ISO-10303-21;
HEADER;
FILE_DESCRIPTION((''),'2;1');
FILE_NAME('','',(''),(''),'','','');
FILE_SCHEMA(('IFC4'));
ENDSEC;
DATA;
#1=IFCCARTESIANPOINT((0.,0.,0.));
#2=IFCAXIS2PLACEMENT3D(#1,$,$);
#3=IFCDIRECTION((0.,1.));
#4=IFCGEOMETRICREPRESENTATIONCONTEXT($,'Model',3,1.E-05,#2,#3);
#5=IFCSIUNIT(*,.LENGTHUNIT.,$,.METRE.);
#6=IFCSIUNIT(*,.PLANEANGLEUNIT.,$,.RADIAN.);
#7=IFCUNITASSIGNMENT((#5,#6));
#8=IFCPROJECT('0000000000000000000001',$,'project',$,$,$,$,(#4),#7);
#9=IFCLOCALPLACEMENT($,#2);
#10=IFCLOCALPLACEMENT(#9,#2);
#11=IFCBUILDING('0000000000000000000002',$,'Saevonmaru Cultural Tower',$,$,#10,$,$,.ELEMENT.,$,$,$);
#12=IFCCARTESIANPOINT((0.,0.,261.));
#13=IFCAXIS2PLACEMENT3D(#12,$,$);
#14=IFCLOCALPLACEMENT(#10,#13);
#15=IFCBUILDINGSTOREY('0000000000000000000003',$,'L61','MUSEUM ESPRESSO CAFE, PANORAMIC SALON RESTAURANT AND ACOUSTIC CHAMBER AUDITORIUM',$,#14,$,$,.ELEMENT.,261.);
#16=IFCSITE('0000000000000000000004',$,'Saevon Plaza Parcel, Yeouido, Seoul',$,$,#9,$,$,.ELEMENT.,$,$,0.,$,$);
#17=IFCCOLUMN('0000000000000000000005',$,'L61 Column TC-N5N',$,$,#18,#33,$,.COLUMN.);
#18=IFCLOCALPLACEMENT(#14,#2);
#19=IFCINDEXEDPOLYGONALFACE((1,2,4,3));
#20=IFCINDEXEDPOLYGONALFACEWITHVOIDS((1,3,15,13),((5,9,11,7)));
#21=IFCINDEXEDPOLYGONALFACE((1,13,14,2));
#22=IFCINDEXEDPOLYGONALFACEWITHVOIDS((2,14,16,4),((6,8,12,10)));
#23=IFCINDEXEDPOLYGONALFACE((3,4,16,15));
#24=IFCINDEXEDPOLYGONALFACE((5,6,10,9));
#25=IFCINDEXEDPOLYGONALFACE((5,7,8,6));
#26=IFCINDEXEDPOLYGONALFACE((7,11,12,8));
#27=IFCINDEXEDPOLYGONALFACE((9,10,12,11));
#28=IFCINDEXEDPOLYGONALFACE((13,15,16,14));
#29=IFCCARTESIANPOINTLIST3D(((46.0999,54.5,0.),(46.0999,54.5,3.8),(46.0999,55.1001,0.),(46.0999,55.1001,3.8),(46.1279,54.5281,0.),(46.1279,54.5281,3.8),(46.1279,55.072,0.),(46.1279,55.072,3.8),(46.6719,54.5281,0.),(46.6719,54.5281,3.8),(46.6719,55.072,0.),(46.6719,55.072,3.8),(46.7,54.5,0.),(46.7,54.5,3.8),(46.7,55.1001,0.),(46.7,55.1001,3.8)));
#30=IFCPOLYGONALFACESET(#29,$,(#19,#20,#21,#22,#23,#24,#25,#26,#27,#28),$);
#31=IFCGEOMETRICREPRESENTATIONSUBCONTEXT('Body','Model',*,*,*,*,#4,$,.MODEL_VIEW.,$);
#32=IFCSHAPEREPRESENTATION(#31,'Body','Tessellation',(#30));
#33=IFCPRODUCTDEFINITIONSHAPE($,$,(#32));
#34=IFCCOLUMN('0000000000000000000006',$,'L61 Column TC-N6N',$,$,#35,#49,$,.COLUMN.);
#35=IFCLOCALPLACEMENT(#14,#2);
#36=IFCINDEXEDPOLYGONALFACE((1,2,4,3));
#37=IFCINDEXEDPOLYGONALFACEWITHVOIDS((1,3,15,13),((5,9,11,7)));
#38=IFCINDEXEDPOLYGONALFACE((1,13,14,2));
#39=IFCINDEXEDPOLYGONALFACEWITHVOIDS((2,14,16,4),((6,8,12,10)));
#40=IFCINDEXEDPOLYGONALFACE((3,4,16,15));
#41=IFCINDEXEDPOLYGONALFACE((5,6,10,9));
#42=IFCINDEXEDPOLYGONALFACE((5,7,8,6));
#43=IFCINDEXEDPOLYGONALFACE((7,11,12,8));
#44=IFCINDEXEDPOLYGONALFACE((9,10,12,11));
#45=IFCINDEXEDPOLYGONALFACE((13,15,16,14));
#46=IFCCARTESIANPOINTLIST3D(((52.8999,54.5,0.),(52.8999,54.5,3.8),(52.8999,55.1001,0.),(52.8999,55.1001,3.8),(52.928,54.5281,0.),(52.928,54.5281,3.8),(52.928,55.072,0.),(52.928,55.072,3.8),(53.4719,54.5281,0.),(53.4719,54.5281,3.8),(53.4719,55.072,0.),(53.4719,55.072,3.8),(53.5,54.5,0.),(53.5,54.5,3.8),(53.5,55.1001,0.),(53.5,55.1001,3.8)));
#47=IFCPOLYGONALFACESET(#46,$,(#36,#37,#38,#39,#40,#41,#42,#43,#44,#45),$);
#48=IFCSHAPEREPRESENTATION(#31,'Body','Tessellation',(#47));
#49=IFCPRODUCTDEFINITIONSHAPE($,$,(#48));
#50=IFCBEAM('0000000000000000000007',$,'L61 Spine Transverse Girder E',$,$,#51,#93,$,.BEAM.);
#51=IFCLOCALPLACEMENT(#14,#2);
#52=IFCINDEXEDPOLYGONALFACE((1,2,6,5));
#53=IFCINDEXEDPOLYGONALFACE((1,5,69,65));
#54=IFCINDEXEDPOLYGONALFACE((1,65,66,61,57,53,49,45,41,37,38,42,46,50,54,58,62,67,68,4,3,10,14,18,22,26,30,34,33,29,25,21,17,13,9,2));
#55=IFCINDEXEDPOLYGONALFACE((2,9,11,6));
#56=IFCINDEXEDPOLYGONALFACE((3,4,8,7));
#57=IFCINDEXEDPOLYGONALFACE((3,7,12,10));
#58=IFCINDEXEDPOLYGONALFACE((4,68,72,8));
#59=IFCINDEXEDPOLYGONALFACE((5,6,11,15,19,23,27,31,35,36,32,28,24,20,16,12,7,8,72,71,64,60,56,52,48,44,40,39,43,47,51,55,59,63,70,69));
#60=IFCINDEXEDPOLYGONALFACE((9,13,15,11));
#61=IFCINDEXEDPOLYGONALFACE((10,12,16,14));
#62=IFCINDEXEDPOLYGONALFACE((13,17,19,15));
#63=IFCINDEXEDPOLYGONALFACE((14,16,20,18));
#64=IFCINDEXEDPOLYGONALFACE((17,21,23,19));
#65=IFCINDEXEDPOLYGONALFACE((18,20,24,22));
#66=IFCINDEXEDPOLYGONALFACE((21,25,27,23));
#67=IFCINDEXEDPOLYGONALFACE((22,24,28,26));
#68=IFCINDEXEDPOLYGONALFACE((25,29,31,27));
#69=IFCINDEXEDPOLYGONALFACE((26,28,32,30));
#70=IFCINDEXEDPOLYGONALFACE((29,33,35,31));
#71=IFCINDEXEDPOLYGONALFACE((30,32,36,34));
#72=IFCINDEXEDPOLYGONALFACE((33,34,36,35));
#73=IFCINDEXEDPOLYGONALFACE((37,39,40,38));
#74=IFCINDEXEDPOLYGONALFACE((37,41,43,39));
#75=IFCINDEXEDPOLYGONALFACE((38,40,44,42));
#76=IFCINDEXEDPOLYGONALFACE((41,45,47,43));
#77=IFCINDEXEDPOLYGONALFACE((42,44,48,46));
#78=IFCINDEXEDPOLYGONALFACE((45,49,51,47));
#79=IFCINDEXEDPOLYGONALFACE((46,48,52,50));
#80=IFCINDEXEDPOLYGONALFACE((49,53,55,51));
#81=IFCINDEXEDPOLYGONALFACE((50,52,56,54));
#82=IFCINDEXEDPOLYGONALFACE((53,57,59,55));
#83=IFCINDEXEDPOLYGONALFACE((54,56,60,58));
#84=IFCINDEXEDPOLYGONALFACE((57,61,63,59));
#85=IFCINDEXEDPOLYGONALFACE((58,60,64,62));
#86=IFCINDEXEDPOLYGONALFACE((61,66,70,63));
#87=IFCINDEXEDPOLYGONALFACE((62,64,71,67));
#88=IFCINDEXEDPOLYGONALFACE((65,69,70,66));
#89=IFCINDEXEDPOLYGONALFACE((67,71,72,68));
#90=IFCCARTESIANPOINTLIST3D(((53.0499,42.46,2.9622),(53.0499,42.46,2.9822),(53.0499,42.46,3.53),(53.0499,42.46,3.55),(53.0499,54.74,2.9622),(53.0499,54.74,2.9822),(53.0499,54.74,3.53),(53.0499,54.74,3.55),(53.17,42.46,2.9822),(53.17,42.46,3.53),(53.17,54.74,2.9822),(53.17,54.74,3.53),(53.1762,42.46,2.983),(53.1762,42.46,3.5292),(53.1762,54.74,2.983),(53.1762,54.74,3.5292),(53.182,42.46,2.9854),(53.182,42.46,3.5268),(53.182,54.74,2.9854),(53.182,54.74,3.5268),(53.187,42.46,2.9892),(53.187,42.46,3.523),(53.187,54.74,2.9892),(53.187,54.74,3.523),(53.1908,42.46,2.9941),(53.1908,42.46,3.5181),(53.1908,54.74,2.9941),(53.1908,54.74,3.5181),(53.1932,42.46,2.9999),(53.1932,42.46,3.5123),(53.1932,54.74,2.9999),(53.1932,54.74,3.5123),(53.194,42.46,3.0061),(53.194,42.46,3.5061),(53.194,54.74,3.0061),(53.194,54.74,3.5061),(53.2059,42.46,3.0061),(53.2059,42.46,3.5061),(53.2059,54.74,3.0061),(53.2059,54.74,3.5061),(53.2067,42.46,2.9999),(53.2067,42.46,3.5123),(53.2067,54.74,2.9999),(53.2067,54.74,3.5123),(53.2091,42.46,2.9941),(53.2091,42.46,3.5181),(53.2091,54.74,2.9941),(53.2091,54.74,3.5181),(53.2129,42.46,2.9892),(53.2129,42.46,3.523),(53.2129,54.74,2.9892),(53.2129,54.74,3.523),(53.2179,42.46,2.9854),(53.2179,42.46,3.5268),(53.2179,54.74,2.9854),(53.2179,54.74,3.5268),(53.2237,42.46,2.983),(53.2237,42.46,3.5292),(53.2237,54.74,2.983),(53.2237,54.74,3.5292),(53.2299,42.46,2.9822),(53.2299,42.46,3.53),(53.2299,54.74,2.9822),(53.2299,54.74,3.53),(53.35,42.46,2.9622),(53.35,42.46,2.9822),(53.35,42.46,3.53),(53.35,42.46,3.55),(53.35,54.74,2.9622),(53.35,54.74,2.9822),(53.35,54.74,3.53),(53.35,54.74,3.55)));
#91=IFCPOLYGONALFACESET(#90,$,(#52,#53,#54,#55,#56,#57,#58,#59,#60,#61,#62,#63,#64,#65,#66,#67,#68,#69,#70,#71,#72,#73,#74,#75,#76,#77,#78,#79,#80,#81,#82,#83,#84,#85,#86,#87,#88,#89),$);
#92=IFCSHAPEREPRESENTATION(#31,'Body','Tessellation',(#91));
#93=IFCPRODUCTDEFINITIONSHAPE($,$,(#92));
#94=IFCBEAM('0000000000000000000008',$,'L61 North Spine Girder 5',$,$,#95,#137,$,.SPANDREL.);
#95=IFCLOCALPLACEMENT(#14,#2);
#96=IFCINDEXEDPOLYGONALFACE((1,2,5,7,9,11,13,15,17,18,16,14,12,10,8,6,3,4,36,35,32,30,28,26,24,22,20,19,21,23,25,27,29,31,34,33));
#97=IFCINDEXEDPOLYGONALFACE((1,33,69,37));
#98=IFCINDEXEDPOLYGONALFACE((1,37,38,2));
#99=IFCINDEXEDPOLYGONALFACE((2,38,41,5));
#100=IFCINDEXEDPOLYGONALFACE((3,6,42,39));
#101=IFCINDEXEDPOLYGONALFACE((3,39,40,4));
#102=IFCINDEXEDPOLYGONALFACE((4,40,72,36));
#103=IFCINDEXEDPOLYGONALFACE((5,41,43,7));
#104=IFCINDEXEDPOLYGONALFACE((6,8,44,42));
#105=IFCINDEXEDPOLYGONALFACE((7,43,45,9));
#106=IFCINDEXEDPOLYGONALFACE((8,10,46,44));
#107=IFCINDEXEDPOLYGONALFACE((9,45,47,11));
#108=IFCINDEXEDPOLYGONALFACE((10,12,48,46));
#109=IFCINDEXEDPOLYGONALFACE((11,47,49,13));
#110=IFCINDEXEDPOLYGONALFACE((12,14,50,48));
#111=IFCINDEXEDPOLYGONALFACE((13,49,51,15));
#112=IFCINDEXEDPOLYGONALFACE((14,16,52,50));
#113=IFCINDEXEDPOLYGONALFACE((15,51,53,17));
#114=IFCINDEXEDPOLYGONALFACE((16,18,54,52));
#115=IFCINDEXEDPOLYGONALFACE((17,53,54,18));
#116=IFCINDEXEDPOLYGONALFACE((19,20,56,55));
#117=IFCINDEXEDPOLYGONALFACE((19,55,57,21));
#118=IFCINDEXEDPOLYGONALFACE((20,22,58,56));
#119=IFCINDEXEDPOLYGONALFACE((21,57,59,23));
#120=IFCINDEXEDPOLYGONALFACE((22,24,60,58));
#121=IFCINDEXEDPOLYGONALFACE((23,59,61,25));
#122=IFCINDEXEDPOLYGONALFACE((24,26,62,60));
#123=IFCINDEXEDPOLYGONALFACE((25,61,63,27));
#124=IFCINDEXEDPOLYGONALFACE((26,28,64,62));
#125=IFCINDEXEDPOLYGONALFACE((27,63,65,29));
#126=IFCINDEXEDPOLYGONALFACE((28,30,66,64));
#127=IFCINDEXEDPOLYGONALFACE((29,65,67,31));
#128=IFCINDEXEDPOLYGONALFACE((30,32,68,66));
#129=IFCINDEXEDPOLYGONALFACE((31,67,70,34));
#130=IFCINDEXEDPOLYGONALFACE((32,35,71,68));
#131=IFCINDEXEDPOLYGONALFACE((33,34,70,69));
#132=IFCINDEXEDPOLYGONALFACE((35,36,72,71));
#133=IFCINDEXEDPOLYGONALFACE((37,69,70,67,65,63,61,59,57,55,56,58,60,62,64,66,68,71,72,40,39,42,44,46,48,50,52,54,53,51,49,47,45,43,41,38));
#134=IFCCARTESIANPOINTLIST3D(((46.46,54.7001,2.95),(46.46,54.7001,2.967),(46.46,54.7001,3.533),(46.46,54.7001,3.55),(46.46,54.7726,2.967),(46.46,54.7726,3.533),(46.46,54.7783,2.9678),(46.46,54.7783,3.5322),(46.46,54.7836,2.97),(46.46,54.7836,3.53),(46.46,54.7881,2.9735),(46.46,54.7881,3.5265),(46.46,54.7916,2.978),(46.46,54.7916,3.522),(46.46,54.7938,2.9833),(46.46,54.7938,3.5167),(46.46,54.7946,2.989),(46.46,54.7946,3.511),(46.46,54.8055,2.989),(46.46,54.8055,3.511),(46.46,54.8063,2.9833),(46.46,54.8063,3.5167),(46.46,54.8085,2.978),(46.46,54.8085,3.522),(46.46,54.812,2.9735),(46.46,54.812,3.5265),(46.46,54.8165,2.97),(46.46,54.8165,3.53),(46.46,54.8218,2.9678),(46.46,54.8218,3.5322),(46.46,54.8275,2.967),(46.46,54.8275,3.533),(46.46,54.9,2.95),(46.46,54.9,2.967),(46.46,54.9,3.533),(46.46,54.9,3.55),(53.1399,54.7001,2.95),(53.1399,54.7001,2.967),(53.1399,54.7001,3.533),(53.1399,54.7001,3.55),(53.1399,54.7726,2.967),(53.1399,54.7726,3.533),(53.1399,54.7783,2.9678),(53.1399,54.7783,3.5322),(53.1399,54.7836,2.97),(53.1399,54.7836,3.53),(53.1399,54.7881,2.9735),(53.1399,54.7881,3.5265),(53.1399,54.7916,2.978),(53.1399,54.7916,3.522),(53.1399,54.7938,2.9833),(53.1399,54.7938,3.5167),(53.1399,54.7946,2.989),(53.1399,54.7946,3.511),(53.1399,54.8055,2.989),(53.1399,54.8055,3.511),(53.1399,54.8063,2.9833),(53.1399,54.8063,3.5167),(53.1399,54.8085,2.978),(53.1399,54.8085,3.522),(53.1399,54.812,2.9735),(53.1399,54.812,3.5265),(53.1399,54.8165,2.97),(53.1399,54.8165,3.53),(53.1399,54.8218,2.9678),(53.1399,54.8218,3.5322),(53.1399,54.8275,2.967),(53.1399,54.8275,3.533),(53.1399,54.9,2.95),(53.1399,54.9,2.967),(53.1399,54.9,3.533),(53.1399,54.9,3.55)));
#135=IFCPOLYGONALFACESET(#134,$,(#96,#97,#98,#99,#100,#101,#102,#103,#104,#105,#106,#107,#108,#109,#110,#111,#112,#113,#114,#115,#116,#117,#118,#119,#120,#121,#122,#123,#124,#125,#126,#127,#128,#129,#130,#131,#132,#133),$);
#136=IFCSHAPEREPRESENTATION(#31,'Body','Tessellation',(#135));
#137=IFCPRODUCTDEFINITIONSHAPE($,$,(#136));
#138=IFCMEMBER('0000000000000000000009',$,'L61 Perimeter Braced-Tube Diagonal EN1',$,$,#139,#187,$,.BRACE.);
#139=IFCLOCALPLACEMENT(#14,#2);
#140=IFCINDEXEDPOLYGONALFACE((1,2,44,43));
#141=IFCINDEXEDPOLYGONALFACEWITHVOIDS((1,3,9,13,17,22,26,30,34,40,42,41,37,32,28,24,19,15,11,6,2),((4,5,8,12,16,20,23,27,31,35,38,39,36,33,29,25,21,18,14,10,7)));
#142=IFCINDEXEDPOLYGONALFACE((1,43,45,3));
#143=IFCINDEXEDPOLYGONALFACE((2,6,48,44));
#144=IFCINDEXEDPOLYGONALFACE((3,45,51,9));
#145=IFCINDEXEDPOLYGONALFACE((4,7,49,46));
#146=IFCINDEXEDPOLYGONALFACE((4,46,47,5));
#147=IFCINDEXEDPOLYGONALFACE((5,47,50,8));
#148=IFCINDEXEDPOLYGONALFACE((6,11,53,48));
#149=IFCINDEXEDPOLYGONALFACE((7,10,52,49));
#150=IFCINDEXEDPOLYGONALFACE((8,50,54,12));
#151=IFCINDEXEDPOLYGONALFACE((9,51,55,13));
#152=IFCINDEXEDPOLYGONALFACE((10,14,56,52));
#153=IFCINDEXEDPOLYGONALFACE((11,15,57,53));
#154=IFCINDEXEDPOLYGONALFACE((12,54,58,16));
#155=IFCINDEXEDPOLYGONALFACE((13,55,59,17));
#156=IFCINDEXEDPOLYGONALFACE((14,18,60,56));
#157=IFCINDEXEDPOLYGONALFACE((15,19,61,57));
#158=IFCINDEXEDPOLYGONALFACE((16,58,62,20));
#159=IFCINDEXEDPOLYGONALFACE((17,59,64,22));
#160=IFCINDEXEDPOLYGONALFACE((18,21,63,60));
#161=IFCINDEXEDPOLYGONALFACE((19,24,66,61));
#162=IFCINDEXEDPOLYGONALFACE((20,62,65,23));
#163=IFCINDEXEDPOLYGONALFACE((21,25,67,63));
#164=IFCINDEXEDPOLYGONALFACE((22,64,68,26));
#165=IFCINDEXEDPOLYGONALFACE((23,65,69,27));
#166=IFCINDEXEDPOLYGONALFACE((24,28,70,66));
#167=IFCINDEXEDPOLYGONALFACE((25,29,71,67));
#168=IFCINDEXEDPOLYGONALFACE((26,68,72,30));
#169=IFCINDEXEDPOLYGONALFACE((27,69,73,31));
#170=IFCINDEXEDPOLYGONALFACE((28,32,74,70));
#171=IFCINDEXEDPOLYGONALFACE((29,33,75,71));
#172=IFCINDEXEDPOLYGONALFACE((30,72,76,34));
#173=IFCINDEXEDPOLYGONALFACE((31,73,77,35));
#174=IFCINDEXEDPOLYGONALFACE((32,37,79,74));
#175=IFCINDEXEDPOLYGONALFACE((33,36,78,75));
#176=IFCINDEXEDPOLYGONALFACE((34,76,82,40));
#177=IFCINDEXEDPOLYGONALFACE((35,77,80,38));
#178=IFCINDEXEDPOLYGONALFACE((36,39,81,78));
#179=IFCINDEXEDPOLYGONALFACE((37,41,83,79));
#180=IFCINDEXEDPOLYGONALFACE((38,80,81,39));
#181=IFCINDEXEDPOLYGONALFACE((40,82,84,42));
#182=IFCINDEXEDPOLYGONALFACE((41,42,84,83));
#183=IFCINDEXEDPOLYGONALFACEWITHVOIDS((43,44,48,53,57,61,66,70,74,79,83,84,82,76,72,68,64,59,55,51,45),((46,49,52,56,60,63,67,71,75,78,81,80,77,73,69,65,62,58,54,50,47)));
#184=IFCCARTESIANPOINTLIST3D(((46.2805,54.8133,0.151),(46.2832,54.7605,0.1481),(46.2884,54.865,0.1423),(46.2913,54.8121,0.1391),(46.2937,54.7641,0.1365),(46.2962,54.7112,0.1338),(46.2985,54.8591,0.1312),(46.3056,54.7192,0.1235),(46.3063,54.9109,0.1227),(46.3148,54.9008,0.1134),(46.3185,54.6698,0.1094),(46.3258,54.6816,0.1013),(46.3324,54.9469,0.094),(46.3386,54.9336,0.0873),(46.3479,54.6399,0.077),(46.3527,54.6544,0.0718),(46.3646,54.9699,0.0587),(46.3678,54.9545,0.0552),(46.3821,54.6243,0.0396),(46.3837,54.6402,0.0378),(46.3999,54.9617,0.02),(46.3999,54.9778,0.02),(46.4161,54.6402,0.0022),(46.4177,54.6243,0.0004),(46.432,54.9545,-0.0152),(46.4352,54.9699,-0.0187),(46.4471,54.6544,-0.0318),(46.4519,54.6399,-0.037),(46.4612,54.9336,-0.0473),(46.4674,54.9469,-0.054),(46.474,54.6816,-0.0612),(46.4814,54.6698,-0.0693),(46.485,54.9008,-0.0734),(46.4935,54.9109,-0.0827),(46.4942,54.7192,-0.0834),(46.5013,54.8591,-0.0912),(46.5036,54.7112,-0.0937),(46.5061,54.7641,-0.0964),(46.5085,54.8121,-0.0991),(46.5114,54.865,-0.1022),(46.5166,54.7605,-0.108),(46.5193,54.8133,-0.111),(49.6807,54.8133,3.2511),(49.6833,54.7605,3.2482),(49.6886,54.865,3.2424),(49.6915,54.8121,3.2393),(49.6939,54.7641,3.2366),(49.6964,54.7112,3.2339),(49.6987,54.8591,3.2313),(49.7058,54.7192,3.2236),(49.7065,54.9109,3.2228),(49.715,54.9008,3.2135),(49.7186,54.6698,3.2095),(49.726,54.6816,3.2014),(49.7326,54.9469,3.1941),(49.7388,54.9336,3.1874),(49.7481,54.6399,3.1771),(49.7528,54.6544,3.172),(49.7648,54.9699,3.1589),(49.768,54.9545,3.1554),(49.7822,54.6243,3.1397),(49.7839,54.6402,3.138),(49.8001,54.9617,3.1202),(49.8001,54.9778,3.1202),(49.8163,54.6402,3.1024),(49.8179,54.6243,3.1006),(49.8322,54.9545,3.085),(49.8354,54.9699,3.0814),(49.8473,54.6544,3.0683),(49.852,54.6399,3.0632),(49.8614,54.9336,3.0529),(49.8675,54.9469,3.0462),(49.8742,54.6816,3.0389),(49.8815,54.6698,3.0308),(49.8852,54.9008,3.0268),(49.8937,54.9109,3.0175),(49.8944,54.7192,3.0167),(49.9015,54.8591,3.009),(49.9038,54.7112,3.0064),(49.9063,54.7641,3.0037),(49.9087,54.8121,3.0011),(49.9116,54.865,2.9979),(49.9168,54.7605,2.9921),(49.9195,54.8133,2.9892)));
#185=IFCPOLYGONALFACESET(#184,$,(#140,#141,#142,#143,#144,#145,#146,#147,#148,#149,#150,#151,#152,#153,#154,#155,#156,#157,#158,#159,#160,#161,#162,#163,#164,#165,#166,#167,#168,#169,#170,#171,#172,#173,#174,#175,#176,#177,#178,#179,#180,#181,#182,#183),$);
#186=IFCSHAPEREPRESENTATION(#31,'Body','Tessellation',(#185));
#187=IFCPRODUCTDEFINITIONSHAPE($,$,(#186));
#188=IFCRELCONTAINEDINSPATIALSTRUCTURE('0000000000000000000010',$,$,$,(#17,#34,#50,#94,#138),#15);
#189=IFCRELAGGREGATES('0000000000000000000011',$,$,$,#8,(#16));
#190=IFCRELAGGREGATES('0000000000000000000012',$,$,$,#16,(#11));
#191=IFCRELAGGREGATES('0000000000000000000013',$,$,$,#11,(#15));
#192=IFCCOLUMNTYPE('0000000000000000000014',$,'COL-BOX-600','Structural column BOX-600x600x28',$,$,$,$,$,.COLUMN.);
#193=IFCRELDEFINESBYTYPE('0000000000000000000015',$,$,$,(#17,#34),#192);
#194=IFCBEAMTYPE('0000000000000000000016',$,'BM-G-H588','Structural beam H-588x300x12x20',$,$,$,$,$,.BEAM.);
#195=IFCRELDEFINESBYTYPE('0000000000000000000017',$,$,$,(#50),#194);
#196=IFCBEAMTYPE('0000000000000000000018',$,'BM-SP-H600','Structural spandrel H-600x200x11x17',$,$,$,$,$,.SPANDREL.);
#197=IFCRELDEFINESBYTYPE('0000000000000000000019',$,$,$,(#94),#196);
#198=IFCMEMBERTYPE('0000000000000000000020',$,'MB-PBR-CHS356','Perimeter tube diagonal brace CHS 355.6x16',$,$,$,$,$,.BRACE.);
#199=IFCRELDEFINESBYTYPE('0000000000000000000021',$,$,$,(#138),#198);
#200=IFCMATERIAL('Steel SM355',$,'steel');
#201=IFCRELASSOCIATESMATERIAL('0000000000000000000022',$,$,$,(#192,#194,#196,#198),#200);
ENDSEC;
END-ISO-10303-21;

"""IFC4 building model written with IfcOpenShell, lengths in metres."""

from ifc_helpers import new_model, si_unit, direction, frame, origin, origin_2d, place, context, subcontext, project, spatial, hollow_rectangle, hollow_circle, i_section, extrude, material, material_profile, profile_set, type_object, element, save


model = new_model("IFC4")

# Units and contexts
model_context = context("Model", 3, precision=1e-05, world=origin(), true_north=direction((0.0, 1.0)))
body_context = subcontext(model_context, "Body", "Model", "MODEL_VIEW")
ifc_project = project(units=[si_unit("LENGTHUNIT", "METRE"), si_unit("PLANEANGLEUNIT", "RADIAN")], contexts=[model_context])

# Site, building, storey
site_placement = place(None, origin())
site = spatial("IfcSite", under=ifc_project, at=site_placement, Name="Saevon Plaza Parcel, Yeouido, Seoul", CompositionType="ELEMENT", RefElevation=0.0)
building_placement = place(site_placement, origin())
building = spatial("IfcBuilding", under=site, at=building_placement, Name="Saevonmaru Cultural Tower", CompositionType="ELEMENT")
storey_placement = place(building_placement, frame((0.0, 0.0, 261.0)))
storey = spatial("IfcBuildingStorey", under=building, at=storey_placement, Name="L61", Description="MUSEUM ESPRESSO CAFE, PANORAMIC SALON RESTAURANT AND ACOUSTIC CHAMBER AUDITORIUM", CompositionType="ELEMENT", Elevation=261.0)

# Columns
ifc_material_1 = material(Name="Steel SM355", Category="steel")
ifc_material_profile_1 = material_profile(ifc_material_1, hollow_rectangle(XDim=0.6001, YDim=0.6001, WallThickness=0.0281, at=origin_2d()), Name="BOX-600x600x28")
ifc_profile_set_1 = profile_set([ifc_material_profile_1], Name="Steel SM355")
column_type = type_object("IfcColumnType", Name="COL-BOX-600", Description="Structural column BOX-600x600x28", PredefinedType="COLUMN", material=ifc_profile_set_1)
for number, where, z_axis, x_axis, name in (
    (1, (46.3999, 54.8, 0.0), (0.0, 0.0, 1.0), (1.0, 0.0, 0.0), "L61 Column TC-N5N"),
    (2, (53.2, 54.8, 0.0), (0.0, 0.0, 1.0), (1.0, 0.0, 0.0), "L61 Column TC-N6N"),
):
    element("IfcColumn", number, at=place(storey_placement, frame(where, z_axis=z_axis, x_axis=x_axis)), inside=storey, type_object=column_type, Name=name, PredefinedType="COLUMN", context=body_context, shape_type="SweptSolid", body=[
        extrude(hollow_rectangle(XDim=0.6001, YDim=0.6001, WallThickness=0.0281, at=origin_2d()), origin(), (0.0, 0.0, 1.0), 3.8),
    ])

# Beams
ifc_material_profile_2 = material_profile(ifc_material_1, i_section(OverallWidth=0.3, OverallDepth=0.5879, WebThickness=0.012, FlangeThickness=0.02, FilletRadius=0.0239, at=origin_2d()), Name="H-588x300x12x20")
ifc_profile_set_2 = profile_set([ifc_material_profile_2], Name="Steel SM355")
beam_type_1 = type_object("IfcBeamType", Name="BM-G-H588", Description="Structural beam H-588x300x12x20", PredefinedType="BEAM", material=ifc_profile_set_2)
beam_1_placement = place(storey_placement, frame((53.2, 54.74, 3.2561), z_axis=(0.0, -1.0, 0.0), x_axis=(1.0, 0.0, 0.0)))
element("IfcBeam", 3, at=beam_1_placement, inside=storey, type_object=beam_type_1, Name="L61 Spine Transverse Girder E", PredefinedType="BEAM", context=body_context, shape_type="SweptSolid", body=[
    extrude(i_section(OverallWidth=0.3, OverallDepth=0.5879, WebThickness=0.012, FlangeThickness=0.02, FilletRadius=0.0239, at=origin_2d()), origin(), (0.0, 0.0, 1.0), 12.28),
])
ifc_material_profile_3 = material_profile(ifc_material_1, i_section(OverallWidth=0.2, OverallDepth=0.6001, WebThickness=0.011, FlangeThickness=0.0171, FilletRadius=0.022, at=origin_2d()), Name="H-600x200x11x17")
ifc_profile_set_3 = profile_set([ifc_material_profile_3], Name="Steel SM355")
beam_type_2 = type_object("IfcBeamType", Name="BM-SP-H600", Description="Structural spandrel H-600x200x11x17", PredefinedType="SPANDREL", material=ifc_profile_set_3)
beam_2_placement = place(storey_placement, frame((46.46, 54.8, 3.25), z_axis=(1.0, 0.0, 0.0), x_axis=(0.0, 1.0, 0.0)))
element("IfcBeam", 4, at=beam_2_placement, inside=storey, type_object=beam_type_2, Name="L61 North Spine Girder 5", PredefinedType="SPANDREL", context=body_context, shape_type="SweptSolid", body=[
    extrude(i_section(OverallWidth=0.2, OverallDepth=0.6001, WebThickness=0.011, FlangeThickness=0.0171, FilletRadius=0.022, at=origin_2d()), origin(), (0.0, 0.0, 1.0), 6.6799),
])

# Member
ifc_material_profile_4 = material_profile(ifc_material_1, hollow_circle(Radius=0.1777, WallThickness=0.0161, at=origin_2d()), Name="CHS-355.6x16")
ifc_profile_set_4 = profile_set([ifc_material_profile_4], Name="Steel SM355")
member_type_1 = type_object("IfcMemberType", Name="MB-PBR-CHS356", Description="Perimeter tube diagonal brace CHS 355.6x16", PredefinedType="BRACE", material=ifc_profile_set_4)
member_1_placement = place(storey_placement, frame((46.3999, 54.8, 0.02), z_axis=(0.73896, 0.0, 0.67375), x_axis=(0.0, 1.0, 0.0)))
element("IfcMember", 5, at=member_1_placement, inside=storey, type_object=member_type_1, Name="L61 Perimeter Braced-Tube Diagonal EN1", PredefinedType="BRACE", context=body_context, shape_type="SweptSolid", body=[
    extrude(hollow_circle(Radius=0.1777, WallThickness=0.0161, at=origin_2d()), origin(), (0.0, 0.0, 1.0), 4.6013),
])

save(model, "model.ifc")
